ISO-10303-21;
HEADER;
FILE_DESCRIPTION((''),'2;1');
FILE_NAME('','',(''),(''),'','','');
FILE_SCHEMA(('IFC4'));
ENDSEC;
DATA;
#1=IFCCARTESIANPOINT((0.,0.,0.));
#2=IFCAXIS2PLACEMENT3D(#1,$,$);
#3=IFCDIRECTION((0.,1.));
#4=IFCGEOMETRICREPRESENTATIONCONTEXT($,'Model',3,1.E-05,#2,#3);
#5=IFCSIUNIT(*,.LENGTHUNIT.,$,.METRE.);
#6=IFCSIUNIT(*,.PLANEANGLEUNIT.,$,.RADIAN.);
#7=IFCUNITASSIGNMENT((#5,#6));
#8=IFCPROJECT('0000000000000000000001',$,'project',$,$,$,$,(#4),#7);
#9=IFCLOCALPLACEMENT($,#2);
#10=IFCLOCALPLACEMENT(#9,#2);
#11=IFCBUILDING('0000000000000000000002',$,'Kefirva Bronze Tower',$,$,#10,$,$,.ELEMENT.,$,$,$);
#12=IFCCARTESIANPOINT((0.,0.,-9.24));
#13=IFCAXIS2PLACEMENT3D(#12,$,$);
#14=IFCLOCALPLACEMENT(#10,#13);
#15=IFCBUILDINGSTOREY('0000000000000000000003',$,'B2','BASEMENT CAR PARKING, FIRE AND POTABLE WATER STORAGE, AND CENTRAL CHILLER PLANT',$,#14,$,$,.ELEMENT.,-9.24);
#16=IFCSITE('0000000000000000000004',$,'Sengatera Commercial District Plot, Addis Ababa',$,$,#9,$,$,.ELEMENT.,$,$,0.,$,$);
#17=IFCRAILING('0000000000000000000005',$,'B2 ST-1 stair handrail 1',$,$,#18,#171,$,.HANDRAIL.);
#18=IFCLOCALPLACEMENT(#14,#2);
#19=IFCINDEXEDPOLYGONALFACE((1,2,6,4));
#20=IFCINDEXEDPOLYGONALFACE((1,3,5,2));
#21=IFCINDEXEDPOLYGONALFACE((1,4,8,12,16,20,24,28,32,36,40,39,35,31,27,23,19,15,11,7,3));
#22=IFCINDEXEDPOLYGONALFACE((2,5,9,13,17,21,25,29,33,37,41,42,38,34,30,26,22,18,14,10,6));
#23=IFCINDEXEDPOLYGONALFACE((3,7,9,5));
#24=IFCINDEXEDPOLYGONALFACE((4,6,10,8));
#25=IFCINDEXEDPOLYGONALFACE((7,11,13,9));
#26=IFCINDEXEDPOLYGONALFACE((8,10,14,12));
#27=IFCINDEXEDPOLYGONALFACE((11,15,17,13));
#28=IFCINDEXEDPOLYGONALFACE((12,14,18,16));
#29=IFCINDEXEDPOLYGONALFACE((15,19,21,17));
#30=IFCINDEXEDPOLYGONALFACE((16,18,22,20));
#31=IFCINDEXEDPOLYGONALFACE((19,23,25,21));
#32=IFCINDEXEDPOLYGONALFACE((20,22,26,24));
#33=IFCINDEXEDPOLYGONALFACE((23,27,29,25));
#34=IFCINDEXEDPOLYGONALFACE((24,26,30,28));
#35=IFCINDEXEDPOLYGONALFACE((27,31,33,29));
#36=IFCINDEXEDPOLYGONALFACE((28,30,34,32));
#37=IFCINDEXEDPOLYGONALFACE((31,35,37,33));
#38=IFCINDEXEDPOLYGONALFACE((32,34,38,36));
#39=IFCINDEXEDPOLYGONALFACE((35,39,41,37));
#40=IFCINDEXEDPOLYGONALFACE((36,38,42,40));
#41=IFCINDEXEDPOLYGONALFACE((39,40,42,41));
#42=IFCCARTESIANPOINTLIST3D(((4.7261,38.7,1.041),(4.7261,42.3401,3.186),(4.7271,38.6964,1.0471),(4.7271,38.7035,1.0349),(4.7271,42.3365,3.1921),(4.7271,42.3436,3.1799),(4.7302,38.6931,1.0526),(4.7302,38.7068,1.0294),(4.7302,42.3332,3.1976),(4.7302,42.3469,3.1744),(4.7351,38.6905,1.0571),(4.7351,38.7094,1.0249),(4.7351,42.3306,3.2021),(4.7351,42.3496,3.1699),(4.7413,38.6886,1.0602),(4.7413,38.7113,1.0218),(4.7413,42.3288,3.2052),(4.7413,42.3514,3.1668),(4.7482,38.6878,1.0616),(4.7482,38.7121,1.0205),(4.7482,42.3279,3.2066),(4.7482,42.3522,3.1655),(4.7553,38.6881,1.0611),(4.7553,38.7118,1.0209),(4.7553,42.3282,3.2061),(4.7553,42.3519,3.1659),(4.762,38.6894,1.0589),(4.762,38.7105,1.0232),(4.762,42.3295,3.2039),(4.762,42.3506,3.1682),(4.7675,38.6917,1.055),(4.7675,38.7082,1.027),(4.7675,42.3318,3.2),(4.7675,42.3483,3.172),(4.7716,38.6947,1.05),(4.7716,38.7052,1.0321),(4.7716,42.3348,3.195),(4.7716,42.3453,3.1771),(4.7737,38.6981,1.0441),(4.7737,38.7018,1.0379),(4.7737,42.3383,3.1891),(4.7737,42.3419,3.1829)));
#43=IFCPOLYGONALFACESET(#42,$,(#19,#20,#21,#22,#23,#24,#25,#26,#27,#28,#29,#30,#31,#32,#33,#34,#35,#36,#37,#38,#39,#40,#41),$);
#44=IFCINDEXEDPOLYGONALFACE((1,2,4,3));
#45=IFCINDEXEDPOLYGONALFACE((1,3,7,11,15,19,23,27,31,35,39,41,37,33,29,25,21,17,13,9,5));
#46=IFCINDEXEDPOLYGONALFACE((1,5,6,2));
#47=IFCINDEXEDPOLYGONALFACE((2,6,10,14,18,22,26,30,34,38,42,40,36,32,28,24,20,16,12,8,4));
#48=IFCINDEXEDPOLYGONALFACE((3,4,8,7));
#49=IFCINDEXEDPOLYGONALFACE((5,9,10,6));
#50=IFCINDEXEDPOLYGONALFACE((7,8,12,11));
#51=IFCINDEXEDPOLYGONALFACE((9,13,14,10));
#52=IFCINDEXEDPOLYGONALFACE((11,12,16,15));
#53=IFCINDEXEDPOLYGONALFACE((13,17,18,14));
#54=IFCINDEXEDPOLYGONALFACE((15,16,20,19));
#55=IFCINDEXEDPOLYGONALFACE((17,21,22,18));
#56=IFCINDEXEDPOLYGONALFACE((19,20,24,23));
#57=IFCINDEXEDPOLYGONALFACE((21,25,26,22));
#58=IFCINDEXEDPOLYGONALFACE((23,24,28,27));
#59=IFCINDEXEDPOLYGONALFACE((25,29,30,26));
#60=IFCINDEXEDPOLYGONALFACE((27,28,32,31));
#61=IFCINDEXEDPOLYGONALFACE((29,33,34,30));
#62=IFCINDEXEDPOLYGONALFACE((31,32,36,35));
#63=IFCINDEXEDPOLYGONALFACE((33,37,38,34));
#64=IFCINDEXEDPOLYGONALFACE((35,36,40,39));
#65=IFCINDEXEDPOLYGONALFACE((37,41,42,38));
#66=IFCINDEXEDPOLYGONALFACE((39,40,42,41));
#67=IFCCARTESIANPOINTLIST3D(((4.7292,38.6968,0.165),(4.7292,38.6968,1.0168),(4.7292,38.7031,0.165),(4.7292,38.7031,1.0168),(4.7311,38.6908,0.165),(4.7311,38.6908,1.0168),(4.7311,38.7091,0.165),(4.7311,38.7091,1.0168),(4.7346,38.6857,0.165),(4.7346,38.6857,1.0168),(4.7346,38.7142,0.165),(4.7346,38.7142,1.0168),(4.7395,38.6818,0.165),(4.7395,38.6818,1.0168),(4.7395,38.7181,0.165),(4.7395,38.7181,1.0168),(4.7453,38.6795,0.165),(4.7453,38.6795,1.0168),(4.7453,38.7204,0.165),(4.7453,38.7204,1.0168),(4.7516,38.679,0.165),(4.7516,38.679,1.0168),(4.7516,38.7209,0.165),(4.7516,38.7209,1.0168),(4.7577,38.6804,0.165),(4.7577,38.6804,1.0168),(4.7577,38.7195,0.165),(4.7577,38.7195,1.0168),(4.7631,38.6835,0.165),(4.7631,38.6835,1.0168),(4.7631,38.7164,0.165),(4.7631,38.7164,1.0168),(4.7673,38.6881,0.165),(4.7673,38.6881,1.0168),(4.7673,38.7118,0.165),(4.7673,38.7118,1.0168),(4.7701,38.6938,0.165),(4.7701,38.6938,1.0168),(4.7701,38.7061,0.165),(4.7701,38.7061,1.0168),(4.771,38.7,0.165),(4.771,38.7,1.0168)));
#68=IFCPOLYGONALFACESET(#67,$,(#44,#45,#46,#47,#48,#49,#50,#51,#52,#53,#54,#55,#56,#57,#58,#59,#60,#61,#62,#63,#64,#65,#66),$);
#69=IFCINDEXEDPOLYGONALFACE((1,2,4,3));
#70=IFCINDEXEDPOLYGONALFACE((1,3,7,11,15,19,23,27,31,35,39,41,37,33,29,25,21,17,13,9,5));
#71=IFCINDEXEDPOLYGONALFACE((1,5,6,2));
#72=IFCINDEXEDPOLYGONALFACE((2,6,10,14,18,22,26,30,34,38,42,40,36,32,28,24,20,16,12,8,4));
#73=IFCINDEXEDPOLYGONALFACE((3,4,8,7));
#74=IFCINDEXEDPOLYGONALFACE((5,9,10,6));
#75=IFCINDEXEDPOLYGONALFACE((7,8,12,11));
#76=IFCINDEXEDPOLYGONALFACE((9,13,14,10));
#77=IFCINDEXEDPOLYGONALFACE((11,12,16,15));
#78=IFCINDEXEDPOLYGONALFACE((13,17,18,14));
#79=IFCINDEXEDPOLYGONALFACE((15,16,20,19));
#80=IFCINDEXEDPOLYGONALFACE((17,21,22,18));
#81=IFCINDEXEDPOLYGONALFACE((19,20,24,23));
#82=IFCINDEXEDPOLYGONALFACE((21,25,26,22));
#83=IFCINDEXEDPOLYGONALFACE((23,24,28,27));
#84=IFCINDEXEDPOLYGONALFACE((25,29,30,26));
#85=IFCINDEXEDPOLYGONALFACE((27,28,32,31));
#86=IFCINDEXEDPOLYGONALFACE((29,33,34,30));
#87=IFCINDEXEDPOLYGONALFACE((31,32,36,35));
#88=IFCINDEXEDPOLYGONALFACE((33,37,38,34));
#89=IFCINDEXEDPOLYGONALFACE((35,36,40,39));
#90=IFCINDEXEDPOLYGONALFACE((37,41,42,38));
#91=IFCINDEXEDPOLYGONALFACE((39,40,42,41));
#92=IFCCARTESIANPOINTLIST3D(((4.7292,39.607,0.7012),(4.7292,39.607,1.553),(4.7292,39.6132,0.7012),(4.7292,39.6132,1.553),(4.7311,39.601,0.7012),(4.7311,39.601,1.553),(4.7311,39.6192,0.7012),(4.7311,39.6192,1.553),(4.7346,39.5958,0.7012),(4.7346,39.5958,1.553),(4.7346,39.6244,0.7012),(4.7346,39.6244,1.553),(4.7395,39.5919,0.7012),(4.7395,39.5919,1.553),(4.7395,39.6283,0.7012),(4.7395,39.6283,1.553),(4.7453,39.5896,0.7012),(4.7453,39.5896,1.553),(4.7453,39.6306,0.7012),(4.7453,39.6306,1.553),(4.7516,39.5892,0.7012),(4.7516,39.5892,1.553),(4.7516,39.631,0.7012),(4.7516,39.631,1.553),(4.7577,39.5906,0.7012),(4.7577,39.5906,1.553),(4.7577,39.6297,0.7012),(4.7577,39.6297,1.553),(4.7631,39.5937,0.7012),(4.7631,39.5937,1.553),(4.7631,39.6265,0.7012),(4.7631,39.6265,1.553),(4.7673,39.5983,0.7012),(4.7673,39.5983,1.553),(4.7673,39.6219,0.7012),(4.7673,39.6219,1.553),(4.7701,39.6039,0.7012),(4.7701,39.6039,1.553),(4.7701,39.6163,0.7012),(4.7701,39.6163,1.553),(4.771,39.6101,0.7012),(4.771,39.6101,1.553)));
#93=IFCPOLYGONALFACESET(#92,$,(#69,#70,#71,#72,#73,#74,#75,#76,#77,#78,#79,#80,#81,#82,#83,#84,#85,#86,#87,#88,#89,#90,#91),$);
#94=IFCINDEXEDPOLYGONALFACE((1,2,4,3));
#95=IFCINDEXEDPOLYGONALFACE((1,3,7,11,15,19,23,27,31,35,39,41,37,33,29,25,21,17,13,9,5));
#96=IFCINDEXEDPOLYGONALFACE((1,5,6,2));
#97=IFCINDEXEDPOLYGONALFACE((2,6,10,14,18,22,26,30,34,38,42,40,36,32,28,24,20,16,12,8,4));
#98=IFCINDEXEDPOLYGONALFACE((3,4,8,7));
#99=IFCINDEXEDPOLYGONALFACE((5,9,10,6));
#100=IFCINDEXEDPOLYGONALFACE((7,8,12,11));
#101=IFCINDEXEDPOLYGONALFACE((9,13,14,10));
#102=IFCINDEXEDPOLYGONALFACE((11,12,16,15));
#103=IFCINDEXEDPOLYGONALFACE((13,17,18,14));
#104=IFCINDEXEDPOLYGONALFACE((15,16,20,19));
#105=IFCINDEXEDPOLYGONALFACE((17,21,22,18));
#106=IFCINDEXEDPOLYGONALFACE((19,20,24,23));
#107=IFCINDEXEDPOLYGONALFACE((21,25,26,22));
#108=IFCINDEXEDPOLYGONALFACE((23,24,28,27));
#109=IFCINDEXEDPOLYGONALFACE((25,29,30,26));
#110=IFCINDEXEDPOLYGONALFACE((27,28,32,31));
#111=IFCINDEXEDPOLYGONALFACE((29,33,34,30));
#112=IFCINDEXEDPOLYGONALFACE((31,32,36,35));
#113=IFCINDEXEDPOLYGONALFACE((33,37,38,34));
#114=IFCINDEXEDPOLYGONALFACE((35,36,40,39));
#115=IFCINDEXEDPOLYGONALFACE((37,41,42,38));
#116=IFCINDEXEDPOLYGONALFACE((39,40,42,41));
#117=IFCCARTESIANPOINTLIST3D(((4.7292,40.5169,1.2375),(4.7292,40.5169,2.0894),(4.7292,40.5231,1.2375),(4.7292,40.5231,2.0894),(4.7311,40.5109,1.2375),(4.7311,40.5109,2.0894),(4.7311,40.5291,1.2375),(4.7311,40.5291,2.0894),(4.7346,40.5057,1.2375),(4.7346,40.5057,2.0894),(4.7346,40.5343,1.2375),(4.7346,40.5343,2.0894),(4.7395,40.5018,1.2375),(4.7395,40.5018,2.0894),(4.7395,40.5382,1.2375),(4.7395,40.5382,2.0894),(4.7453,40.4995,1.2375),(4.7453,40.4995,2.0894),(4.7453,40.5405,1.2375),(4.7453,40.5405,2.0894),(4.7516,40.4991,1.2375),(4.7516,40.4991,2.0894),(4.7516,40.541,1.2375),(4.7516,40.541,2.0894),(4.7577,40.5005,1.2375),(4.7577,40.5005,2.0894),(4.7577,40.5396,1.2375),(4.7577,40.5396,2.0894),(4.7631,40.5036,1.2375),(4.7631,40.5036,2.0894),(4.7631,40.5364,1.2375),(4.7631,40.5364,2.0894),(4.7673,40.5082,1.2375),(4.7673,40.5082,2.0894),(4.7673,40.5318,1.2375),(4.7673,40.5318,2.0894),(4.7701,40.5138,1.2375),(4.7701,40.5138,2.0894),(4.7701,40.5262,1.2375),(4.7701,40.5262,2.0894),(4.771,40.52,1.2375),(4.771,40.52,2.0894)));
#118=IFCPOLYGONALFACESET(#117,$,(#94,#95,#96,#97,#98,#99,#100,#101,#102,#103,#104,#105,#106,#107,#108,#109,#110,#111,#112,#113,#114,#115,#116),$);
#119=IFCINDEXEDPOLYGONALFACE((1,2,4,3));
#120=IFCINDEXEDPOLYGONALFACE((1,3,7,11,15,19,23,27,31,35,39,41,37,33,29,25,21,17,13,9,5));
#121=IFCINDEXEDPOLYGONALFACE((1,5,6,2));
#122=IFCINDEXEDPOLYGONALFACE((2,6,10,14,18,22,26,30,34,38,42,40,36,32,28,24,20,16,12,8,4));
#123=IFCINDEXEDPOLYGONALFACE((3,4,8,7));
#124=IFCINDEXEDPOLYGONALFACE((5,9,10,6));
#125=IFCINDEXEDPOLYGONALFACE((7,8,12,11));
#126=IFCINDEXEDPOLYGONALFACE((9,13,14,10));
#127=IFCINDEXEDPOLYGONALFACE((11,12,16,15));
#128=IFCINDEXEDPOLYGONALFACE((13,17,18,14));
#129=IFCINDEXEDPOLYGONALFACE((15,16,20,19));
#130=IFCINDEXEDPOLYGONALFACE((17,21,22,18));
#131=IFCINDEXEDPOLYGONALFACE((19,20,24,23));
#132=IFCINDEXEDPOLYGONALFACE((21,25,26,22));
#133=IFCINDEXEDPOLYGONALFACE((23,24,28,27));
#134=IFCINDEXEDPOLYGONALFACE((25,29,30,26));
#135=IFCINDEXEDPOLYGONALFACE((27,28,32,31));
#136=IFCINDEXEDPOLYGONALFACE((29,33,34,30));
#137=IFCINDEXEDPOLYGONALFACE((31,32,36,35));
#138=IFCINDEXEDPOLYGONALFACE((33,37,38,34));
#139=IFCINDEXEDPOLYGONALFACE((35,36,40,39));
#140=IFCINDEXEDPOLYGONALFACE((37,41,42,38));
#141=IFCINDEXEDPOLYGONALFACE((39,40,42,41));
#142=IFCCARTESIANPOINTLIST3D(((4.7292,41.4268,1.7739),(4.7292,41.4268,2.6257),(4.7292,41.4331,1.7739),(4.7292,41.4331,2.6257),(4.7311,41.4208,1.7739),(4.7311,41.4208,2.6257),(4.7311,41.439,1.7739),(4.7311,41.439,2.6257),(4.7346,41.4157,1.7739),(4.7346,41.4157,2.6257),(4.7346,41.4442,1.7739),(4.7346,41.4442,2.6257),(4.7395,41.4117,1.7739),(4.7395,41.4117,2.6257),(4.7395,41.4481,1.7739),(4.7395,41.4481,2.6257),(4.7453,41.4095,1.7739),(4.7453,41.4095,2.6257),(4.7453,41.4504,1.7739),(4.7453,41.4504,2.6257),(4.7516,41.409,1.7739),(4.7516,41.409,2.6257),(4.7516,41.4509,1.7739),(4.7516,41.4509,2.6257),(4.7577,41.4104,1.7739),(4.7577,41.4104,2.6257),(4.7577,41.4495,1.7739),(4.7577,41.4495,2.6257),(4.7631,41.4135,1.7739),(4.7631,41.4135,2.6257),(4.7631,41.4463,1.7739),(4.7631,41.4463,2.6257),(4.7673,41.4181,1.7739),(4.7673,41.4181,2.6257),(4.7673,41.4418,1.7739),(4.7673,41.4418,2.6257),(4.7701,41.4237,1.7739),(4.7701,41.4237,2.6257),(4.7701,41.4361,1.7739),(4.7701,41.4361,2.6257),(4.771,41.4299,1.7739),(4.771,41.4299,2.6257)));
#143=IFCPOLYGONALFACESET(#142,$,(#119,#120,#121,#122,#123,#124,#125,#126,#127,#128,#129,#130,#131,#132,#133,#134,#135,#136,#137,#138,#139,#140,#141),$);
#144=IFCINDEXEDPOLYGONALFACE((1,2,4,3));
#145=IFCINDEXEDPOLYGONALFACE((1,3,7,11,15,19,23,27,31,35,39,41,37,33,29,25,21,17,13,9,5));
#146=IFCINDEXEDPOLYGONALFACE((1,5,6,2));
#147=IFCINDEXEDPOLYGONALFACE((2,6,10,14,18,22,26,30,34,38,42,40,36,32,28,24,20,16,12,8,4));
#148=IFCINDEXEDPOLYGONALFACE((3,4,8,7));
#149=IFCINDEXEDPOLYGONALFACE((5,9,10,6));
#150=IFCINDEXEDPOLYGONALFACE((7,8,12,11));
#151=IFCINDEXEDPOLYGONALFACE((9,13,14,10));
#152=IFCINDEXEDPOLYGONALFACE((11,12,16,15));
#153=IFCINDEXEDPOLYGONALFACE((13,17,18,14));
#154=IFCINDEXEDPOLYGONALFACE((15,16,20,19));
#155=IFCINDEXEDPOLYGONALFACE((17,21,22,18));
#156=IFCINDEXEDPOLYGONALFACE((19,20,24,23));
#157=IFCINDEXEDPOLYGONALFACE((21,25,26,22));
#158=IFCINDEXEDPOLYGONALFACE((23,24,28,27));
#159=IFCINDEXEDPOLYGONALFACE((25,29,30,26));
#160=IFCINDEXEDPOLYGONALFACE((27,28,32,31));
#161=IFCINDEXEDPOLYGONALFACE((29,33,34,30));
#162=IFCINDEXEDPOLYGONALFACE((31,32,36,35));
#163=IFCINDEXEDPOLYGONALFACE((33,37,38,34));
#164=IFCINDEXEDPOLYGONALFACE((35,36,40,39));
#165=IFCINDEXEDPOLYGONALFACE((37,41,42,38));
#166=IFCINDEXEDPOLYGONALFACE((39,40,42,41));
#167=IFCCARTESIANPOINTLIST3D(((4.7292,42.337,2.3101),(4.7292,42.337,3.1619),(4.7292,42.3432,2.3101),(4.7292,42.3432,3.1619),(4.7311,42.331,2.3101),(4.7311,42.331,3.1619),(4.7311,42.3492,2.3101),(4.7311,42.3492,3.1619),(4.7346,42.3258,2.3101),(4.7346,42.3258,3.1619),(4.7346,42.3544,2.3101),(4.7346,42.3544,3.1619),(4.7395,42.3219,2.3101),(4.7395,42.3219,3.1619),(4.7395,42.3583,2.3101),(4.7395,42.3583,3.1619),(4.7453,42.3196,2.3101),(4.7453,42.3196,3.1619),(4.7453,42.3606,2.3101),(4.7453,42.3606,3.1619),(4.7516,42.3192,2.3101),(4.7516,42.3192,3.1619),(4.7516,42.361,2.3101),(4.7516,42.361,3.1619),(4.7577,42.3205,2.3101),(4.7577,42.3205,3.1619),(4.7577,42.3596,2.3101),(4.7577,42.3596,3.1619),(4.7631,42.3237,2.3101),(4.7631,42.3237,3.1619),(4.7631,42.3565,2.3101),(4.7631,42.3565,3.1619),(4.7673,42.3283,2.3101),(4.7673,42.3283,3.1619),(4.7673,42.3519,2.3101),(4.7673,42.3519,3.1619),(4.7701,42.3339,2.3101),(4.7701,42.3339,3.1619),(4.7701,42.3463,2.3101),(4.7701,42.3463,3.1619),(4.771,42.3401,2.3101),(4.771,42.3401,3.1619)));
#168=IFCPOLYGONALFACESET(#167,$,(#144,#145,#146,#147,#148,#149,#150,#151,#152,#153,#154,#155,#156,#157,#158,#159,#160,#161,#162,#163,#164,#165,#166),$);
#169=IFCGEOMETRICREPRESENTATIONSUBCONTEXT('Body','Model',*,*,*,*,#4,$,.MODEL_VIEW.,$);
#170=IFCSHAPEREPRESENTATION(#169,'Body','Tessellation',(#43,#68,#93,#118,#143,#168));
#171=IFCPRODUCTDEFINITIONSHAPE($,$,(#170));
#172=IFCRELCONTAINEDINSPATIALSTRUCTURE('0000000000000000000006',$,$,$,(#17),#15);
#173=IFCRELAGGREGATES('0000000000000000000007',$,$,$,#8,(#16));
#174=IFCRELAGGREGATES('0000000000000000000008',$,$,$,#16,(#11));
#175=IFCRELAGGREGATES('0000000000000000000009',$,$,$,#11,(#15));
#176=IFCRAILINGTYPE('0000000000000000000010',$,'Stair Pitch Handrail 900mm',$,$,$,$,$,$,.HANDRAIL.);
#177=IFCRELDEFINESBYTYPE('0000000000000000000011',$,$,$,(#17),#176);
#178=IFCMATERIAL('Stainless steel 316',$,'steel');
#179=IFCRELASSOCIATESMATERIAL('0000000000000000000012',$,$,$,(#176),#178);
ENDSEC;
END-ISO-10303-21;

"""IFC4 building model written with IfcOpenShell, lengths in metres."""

from ifc_helpers import new_model, si_unit, direction, frame, origin, origin_2d, place, context, subcontext, project, spatial, circle, extrude, material, type_object, element, save


model = new_model("IFC4")

# Units and contexts
model_context = context("Model", 3, precision=1e-05, world=origin(), true_north=direction((0.0, 1.0)))
body_context = subcontext(model_context, "Body", "Model", "MODEL_VIEW")
ifc_project = project(units=[si_unit("LENGTHUNIT", "METRE"), si_unit("PLANEANGLEUNIT", "RADIAN")], contexts=[model_context])

# Site, building, storey
site_placement = place(None, origin())
site = spatial("IfcSite", under=ifc_project, at=site_placement, Name="Sengatera Commercial District Plot, Addis Ababa", CompositionType="ELEMENT", RefElevation=0.0)
building_placement = place(site_placement, origin())
building = spatial("IfcBuilding", under=site, at=building_placement, Name="Kefirva Bronze Tower", CompositionType="ELEMENT")
storey_placement = place(building_placement, frame((0.0, 0.0, -9.24)))
storey = spatial("IfcBuildingStorey", under=building, at=storey_placement, Name="B2", Description="BASEMENT CAR PARKING, FIRE AND POTABLE WATER STORAGE, AND CENTRAL CHILLER PLANT", CompositionType="ELEMENT", Elevation=-9.24)

# Railing
ifc_material_1 = material(Name="Stainless steel 316", Category="steel")
railing_type_1 = type_object("IfcRailingType", Name="Stair Pitch Handrail 900mm", PredefinedType="HANDRAIL", material=ifc_material_1)
railing_1_placement = place(storey_placement, frame((4.75, 38.7, 0.165)))
element("IfcRailing", 1, at=railing_1_placement, inside=storey, type_object=railing_type_1, Name="B2 ST-1 stair handrail 1", PredefinedType="HANDRAIL", context=body_context, shape_type="SweptSolid", body=[
    extrude(circle(Radius=0.0239, at=origin_2d()), frame((0.0, 0.0, 0.876), z_axis=(0.0, 0.861545, 0.507682), x_axis=(-1.0, 0.0, 0.0)), (0.0, 0.0, 1.0), 4.2251),
    extrude(circle(Radius=0.021, at=origin_2d()), origin(), (0.0, 0.0, 1.0), 0.8518),
    extrude(circle(Radius=0.021, at=origin_2d()), frame((0.0, 0.9102, 0.5361)), (0.0, 0.0, 1.0), 0.8518),
    extrude(circle(Radius=0.021, at=origin_2d()), frame((0.0, 1.8201, 1.0725)), (0.0, 0.0, 1.0), 0.8518),
    extrude(circle(Radius=0.021, at=origin_2d()), frame((0.0, 2.73, 1.6089)), (0.0, 0.0, 1.0), 0.8518),
    extrude(circle(Radius=0.021, at=origin_2d()), frame((0.0, 3.6401, 2.145)), (0.0, 0.0, 1.0), 0.8518),
])

save(model, "model.ifc")
